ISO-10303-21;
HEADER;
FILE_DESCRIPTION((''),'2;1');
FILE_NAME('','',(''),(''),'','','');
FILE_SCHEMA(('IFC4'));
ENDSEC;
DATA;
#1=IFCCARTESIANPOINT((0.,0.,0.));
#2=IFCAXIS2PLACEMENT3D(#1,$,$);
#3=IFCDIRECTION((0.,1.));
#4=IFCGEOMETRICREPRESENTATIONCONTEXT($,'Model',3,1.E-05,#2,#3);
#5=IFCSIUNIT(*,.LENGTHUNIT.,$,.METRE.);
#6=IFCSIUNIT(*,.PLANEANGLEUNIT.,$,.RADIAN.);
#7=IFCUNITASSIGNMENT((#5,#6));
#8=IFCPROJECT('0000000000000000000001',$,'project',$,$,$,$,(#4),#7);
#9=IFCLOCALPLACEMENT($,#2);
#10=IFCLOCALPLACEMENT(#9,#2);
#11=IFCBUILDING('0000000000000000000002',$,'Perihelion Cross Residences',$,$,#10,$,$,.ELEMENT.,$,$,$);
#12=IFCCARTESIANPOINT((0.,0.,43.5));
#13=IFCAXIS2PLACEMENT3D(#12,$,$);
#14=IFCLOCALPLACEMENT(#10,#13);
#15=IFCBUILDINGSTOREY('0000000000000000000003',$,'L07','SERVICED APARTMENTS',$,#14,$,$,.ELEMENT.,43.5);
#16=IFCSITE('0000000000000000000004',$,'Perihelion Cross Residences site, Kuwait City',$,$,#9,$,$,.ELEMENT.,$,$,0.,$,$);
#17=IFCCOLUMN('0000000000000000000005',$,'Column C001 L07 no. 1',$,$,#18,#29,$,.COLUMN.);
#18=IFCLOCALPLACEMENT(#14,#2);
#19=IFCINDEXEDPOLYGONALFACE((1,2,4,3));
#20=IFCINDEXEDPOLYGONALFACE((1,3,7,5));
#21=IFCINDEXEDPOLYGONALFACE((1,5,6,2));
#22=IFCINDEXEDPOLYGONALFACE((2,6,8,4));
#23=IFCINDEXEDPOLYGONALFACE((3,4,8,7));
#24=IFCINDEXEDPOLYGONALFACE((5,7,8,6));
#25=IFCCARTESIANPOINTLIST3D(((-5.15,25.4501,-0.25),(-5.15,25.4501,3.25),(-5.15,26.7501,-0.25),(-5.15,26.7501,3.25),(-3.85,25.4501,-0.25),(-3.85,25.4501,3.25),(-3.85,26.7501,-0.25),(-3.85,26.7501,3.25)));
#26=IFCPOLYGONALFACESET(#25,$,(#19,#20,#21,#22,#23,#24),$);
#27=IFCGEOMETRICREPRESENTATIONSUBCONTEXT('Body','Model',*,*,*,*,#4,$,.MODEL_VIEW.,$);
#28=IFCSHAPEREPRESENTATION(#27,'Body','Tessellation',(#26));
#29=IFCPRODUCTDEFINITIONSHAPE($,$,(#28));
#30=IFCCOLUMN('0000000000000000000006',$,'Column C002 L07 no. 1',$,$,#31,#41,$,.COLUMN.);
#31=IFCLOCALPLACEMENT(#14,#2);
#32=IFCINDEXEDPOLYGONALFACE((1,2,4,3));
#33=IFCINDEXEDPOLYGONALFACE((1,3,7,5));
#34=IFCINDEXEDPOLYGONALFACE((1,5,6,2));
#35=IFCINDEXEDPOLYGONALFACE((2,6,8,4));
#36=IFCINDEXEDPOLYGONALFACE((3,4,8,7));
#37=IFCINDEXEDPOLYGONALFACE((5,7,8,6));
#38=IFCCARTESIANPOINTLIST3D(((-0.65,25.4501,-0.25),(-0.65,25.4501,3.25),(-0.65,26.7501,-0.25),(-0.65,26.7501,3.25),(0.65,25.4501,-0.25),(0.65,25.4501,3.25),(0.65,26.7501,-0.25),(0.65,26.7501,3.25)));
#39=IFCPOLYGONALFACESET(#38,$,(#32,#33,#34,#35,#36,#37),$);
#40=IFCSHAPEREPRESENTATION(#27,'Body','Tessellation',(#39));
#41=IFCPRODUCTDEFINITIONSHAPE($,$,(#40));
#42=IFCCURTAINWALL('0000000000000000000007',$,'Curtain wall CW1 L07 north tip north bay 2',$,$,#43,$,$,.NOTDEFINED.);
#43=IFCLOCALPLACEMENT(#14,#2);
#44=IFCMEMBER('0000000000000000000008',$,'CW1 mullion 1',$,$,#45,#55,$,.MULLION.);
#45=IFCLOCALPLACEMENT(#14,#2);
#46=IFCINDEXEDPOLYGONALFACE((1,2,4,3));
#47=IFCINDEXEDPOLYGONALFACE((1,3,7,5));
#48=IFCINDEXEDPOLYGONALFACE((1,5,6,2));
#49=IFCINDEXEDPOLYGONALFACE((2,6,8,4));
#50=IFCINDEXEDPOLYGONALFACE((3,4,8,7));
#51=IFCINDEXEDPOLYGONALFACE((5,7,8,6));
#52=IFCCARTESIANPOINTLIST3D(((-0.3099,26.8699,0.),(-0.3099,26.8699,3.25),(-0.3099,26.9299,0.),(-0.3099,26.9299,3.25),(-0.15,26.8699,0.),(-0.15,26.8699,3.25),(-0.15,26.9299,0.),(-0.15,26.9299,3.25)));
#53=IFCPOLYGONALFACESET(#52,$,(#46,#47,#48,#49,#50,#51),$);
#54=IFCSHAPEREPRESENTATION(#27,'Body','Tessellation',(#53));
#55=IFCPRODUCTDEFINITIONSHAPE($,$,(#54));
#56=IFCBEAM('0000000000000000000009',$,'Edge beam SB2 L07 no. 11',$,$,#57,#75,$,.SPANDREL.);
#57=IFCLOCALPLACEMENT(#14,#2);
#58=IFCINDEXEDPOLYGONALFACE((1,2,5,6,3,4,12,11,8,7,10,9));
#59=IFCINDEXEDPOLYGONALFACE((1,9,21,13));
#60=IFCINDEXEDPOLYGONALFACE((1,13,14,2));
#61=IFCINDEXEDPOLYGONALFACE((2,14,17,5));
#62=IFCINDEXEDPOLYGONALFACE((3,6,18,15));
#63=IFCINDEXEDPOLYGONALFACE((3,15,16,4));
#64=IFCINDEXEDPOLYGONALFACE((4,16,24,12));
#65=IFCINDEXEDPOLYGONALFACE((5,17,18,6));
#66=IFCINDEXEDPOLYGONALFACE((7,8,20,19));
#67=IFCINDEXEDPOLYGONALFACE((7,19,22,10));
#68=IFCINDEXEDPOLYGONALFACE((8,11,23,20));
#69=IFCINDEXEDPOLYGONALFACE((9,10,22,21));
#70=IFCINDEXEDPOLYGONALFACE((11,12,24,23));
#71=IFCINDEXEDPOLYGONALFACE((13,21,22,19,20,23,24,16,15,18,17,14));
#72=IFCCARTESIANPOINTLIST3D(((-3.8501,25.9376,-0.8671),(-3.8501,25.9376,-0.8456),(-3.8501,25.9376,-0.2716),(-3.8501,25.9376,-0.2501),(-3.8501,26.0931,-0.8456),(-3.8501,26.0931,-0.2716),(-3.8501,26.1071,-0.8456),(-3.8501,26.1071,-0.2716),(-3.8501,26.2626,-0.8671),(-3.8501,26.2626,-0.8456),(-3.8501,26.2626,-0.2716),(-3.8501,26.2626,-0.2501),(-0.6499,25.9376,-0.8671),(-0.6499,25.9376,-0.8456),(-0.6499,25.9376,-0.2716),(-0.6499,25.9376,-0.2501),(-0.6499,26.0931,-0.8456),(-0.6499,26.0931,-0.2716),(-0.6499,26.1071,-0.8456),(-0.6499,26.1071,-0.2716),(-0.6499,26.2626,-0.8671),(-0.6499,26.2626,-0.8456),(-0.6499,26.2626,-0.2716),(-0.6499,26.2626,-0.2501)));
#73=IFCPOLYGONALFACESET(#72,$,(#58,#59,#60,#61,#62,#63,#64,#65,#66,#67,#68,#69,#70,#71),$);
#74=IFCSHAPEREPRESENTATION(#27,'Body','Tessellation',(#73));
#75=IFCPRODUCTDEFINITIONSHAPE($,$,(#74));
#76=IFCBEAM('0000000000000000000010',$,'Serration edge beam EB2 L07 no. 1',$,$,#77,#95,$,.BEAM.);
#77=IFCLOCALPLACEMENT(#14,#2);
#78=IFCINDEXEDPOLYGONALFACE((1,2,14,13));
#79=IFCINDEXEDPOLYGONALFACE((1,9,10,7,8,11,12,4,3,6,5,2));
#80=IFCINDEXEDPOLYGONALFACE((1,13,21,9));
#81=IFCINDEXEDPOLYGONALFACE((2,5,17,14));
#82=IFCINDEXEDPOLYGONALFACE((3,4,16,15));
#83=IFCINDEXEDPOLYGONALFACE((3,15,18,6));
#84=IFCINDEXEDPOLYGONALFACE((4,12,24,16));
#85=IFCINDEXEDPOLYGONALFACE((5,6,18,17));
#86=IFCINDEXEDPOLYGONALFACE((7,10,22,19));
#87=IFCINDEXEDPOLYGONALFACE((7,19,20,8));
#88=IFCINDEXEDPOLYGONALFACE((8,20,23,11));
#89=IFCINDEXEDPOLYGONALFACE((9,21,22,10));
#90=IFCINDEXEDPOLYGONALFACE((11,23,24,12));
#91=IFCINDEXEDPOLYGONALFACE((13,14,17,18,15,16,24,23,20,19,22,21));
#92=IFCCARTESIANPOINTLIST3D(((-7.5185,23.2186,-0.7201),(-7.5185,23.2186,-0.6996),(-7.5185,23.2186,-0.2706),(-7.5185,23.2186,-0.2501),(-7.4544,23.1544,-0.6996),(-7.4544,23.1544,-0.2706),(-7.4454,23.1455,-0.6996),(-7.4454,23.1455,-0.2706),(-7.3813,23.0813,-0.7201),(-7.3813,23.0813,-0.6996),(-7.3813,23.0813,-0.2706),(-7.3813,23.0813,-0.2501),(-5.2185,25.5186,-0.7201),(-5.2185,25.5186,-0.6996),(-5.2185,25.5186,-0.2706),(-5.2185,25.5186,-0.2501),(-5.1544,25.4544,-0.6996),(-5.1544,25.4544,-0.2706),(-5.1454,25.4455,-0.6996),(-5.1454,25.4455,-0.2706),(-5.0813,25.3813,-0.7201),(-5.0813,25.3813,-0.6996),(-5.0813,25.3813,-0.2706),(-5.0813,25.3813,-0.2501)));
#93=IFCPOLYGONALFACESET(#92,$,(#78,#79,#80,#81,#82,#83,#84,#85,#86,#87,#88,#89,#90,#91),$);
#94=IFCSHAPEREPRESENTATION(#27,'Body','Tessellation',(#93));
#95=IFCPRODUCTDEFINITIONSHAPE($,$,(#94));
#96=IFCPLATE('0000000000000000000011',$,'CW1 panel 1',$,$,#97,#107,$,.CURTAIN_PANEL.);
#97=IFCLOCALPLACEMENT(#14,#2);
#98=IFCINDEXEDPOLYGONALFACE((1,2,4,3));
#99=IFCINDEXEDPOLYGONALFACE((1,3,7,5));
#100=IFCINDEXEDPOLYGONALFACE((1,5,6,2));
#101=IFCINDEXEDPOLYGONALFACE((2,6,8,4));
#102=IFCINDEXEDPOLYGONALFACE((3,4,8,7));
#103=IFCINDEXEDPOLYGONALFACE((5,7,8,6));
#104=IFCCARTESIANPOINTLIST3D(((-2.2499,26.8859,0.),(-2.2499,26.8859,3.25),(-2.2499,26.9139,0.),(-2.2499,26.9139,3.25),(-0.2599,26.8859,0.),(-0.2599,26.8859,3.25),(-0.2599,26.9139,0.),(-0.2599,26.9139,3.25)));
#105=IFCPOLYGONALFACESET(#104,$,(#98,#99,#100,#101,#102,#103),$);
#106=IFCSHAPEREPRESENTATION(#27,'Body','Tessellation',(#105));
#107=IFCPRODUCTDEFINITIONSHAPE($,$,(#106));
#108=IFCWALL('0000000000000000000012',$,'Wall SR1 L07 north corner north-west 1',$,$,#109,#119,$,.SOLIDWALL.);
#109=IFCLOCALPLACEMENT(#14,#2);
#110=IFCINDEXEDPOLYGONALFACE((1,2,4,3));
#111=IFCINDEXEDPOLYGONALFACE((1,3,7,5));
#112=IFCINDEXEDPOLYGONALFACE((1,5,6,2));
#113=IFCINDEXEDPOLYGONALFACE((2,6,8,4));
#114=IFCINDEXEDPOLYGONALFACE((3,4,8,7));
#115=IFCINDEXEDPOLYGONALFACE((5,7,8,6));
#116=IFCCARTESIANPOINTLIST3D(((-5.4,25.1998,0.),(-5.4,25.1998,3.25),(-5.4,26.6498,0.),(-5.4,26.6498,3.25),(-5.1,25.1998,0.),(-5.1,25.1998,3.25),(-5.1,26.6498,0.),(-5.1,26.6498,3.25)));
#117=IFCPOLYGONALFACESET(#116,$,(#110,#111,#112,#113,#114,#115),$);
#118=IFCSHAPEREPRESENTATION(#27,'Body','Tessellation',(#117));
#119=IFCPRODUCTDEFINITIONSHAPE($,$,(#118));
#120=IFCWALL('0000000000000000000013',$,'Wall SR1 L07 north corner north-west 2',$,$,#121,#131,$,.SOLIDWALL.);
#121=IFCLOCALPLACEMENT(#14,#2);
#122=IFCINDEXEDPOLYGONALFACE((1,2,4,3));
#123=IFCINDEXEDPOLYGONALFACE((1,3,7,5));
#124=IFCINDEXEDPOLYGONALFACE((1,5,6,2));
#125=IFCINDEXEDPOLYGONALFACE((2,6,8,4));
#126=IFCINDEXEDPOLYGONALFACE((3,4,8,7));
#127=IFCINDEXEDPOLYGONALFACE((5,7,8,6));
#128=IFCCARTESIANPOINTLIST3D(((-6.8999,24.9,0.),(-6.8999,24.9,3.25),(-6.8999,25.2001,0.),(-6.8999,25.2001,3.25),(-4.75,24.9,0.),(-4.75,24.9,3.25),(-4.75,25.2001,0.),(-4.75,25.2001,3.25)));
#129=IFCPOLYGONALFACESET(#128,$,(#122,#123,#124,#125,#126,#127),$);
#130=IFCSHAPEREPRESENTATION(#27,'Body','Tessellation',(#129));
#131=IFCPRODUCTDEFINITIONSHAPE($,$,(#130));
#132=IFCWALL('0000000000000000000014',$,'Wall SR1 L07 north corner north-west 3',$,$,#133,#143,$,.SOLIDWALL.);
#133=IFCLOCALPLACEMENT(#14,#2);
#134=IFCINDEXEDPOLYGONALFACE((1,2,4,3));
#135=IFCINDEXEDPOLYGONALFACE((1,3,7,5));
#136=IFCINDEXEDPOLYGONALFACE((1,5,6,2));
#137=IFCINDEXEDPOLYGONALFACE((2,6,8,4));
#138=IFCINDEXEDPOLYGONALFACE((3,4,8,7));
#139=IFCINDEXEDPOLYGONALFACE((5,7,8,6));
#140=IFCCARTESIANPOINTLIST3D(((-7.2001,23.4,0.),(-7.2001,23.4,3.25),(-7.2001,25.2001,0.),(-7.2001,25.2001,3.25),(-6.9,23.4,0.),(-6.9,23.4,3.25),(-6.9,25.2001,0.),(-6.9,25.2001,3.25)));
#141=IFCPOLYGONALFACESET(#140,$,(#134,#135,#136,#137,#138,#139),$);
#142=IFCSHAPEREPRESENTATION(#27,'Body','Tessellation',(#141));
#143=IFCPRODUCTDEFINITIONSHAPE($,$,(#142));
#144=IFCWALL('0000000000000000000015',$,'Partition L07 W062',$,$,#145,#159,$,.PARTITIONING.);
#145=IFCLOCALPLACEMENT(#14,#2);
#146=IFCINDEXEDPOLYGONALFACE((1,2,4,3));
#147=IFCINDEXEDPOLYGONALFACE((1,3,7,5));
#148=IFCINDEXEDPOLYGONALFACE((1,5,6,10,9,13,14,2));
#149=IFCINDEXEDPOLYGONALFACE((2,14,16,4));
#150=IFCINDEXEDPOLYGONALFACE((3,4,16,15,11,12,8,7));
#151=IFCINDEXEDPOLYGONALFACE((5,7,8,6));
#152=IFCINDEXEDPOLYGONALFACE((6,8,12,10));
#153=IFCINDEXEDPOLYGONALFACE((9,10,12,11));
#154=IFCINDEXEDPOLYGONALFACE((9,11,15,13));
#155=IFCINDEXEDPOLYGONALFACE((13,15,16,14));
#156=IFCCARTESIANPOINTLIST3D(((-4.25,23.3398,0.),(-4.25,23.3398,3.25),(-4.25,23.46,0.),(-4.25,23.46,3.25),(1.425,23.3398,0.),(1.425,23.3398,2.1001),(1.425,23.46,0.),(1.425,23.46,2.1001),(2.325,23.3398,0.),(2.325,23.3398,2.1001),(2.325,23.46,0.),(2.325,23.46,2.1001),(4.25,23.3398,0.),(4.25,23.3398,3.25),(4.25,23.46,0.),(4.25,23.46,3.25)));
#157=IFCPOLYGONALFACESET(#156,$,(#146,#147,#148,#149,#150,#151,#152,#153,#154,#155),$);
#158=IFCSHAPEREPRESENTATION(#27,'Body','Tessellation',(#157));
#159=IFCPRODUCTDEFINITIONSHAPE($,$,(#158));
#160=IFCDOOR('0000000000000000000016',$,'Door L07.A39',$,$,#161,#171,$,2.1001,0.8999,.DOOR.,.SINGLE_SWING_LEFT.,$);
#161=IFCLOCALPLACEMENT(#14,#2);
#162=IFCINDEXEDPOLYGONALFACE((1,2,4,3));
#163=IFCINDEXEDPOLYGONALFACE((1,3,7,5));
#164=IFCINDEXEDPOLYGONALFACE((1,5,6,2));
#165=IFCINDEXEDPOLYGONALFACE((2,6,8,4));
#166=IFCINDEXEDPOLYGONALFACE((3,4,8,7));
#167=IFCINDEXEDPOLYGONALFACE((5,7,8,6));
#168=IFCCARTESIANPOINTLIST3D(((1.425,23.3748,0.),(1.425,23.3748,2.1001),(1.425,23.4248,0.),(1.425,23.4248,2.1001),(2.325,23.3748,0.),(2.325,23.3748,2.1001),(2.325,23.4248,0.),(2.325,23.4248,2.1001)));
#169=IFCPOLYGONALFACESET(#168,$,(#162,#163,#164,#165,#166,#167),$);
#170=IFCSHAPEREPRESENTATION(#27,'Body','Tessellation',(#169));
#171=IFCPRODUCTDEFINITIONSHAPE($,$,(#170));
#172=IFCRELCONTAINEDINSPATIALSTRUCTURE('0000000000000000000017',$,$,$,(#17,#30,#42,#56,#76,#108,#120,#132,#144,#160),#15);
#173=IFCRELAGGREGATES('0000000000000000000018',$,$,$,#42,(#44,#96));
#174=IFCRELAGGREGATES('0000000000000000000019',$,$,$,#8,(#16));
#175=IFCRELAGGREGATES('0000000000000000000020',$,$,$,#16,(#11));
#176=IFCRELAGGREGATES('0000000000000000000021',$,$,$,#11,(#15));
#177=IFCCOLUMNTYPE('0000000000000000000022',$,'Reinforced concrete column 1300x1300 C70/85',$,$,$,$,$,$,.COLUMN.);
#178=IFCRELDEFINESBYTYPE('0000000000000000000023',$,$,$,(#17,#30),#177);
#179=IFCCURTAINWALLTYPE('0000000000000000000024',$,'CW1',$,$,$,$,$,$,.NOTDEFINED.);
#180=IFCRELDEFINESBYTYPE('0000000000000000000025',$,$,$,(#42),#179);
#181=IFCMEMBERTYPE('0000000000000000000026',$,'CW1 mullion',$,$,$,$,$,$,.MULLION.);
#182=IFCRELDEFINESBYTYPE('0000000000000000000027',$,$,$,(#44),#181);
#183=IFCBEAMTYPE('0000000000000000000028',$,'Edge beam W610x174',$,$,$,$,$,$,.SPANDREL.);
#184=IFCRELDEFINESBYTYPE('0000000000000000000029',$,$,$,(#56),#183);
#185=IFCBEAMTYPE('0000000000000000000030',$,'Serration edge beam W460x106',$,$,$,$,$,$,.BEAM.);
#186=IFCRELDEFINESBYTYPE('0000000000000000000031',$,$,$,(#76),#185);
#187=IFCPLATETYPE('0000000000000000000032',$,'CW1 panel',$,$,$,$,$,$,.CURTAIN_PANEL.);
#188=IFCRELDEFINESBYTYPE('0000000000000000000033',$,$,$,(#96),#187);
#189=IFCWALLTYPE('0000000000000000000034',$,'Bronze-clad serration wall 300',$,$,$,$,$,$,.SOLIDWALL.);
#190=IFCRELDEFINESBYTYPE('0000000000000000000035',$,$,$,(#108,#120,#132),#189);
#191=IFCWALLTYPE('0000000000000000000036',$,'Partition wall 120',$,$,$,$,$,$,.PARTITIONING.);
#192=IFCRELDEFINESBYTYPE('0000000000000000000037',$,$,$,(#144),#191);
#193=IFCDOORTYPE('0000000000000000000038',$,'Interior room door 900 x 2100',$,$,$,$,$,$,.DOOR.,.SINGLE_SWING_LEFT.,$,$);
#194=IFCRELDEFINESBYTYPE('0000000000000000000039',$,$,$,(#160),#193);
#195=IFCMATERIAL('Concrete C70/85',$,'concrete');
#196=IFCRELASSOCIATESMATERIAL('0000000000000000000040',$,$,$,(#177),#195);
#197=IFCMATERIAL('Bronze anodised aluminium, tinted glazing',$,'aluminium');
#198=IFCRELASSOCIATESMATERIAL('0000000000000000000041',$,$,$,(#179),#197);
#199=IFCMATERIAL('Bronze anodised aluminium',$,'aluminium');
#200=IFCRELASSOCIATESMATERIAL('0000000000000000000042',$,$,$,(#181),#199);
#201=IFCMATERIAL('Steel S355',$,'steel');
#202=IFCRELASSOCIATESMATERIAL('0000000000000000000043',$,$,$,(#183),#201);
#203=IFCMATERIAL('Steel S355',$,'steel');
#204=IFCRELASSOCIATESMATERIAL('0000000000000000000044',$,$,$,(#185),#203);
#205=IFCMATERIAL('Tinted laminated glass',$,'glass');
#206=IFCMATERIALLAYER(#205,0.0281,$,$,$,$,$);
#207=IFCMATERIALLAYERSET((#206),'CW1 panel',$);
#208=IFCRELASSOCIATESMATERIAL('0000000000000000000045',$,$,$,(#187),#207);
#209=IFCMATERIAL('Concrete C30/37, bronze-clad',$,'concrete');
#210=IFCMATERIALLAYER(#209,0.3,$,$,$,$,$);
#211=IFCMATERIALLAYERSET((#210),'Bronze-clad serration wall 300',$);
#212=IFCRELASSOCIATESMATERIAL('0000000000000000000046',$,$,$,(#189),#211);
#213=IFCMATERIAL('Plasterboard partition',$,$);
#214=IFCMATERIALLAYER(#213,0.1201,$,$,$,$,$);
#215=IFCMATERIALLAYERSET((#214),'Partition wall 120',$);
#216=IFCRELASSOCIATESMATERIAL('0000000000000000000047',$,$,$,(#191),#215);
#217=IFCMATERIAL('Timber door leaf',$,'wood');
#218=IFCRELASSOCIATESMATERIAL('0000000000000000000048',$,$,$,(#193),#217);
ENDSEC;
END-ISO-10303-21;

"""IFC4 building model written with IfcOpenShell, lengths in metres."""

from ifc_helpers import new_model, si_unit, direction, frame, frame_2d, origin, origin_2d, place, context, subcontext, project, spatial, rectangle, i_section, extrude, material, layer, layer_set, material_profile, profile_set, type_object, element, fill, aggregate, save


model = new_model("IFC4")

# Units and contexts
model_context = context("Model", 3, precision=1e-05, world=origin(), true_north=direction((0.0, 1.0)))
body_context = subcontext(model_context, "Body", "Model", "MODEL_VIEW")
ifc_project = project(units=[si_unit("LENGTHUNIT", "METRE"), si_unit("PLANEANGLEUNIT", "RADIAN")], contexts=[model_context])

# Site, building, storey
site_placement = place(None, origin())
site = spatial("IfcSite", under=ifc_project, at=site_placement, Name="Perihelion Cross Residences site, Kuwait City", CompositionType="ELEMENT", RefElevation=0.0)
building_placement = place(site_placement, origin())
building = spatial("IfcBuilding", under=site, at=building_placement, Name="Perihelion Cross Residences", CompositionType="ELEMENT")
storey_placement = place(building_placement, frame((0.0, 0.0, 43.5)))
storey = spatial("IfcBuildingStorey", under=building, at=storey_placement, Name="L07", Description="SERVICED APARTMENTS", CompositionType="ELEMENT", Elevation=43.5)

# Columns
ifc_material_1 = material(Name="Concrete C70/85", Category="concrete")
ifc_material_profile_1 = material_profile(ifc_material_1, rectangle(XDim=1.3, YDim=1.3, at=origin_2d()), Name="RC 1300x1300")
ifc_profile_set_1 = profile_set([ifc_material_profile_1], Name="Concrete C70/85")
column_type = type_object("IfcColumnType", Name="Reinforced concrete column 1300x1300 C70/85", PredefinedType="COLUMN", material=ifc_profile_set_1)
for number, where, z_axis, x_axis, name in (
    (1, (-4.5, 26.1001, -0.25), (0.0, 0.0, 1.0), (1.0, 0.0, 0.0), "Column C001 L07 no. 1"),
    (2, (0.0, 26.1001, -0.25), (0.0, 0.0, 1.0), (1.0, 0.0, 0.0), "Column C002 L07 no. 1"),
):
    element("IfcColumn", number, at=place(storey_placement, frame(where, z_axis=z_axis, x_axis=x_axis)), inside=storey, type_object=column_type, Name=name, PredefinedType="COLUMN", context=body_context, shape_type="SweptSolid", body=[
        extrude(rectangle(XDim=1.3, YDim=1.3, at=origin_2d()), origin(), (0.0, 0.0, 1.0), 3.5),
    ])

# Curtain wall, member
ifc_material_2 = material(Name="Bronze anodised aluminium, tinted glazing", Category="aluminium")
curtain_wall_type = type_object("IfcCurtainWallType", Name="CW1", PredefinedType="NOTDEFINED", material=ifc_material_2)
curtain_wall_placement = place(storey_placement, origin())
curtain_wall = element("IfcCurtainWall", 3, at=curtain_wall_placement, inside=storey, type_object=curtain_wall_type, Name="Curtain wall CW1 L07 north tip north bay 2", PredefinedType="NOTDEFINED")
ifc_material_3 = material(Name="Bronze anodised aluminium", Category="aluminium")
ifc_material_profile_2 = material_profile(ifc_material_3, rectangle(XDim=0.0601, YDim=0.1599, at=origin_2d()), Name="CW1 mullion")
ifc_profile_set_2 = profile_set([ifc_material_profile_2], Name="Bronze anodised aluminium")
member_type = type_object("IfcMemberType", Name="CW1 mullion", PredefinedType="MULLION", material=ifc_profile_set_2)
member_placement = place(storey_placement, frame((-0.23, 26.8999, 0.0), z_axis=(0.0, 0.0, 1.0), x_axis=(0.0, -1.0, 0.0)))
member = element("IfcMember", 4, at=member_placement, type_object=member_type, Name="CW1 mullion 1", PredefinedType="MULLION", context=body_context, shape_type="SweptSolid", body=[
    extrude(rectangle(XDim=0.0601, YDim=0.1599, at=origin_2d()), origin(), (0.0, 0.0, 1.0), 3.25),
])

# Beams
ifc_material_4 = material(Name="Steel S355", Category="steel")
ifc_material_profile_3 = material_profile(ifc_material_4, i_section(OverallWidth=0.325, OverallDepth=0.6169, WebThickness=0.0139, FlangeThickness=0.0215, at=origin_2d()), Name="W610x174")
ifc_profile_set_3 = profile_set([ifc_material_profile_3], Name="Steel S355")
beam_type_1 = type_object("IfcBeamType", Name="Edge beam W610x174", PredefinedType="SPANDREL", material=ifc_profile_set_3)
beam_1_placement = place(storey_placement, frame((-0.6499, 26.1001, -0.5586), z_axis=(-1.0, 0.0, 0.0), x_axis=(0.0, -1.0, 0.0)))
element("IfcBeam", 5, at=beam_1_placement, inside=storey, type_object=beam_type_1, Name="Edge beam SB2 L07 no. 11", PredefinedType="SPANDREL", context=body_context, shape_type="SweptSolid", body=[
    extrude(i_section(OverallWidth=0.325, OverallDepth=0.6169, WebThickness=0.0139, FlangeThickness=0.0215, at=origin_2d()), origin(), (0.0, 0.0, 1.0), 3.2002),
])
ifc_material_5 = material(Name="Steel S355", Category="steel")
ifc_material_profile_4 = material_profile(ifc_material_5, i_section(OverallWidth=0.1941, OverallDepth=0.47, WebThickness=0.0127, FlangeThickness=0.0205, at=origin_2d()), Name="W460x106")
ifc_profile_set_4 = profile_set([ifc_material_profile_4], Name="Steel S355")
beam_type_2 = type_object("IfcBeamType", Name="Serration edge beam W460x106", PredefinedType="BEAM", material=ifc_profile_set_4)
beam_2_placement = place(storey_placement, frame((-5.1499, 25.45, -0.4851), z_axis=(-0.707107, -0.707107, 0.0), x_axis=(0.707107, -0.707107, 0.0)))
element("IfcBeam", 6, at=beam_2_placement, inside=storey, type_object=beam_type_2, Name="Serration edge beam EB2 L07 no. 1", PredefinedType="BEAM", context=body_context, shape_type="SweptSolid", body=[
    extrude(i_section(OverallWidth=0.1941, OverallDepth=0.47, WebThickness=0.0127, FlangeThickness=0.0205, at=origin_2d()), origin(), (0.0, 0.0, 1.0), 3.2527),
])

# Plate
ifc_material_6 = material(Name="Tinted laminated glass", Category="glass")
ifc_layer_1 = layer(ifc_material_6, 0.0281)
ifc_layer_set_1 = layer_set([ifc_layer_1], Name="CW1 panel")
plate_type = type_object("IfcPlateType", Name="CW1 panel", PredefinedType="CURTAIN_PANEL", material=ifc_layer_set_1)
plate_placement = place(storey_placement, frame((-1.2549, 26.8999, 0.0), z_axis=(0.0, 0.0, 1.0), x_axis=(-1.0, 0.0, 0.0)))
plate = element("IfcPlate", 7, at=plate_placement, type_object=plate_type, Name="CW1 panel 1", PredefinedType="CURTAIN_PANEL", context=body_context, shape_type="SweptSolid", body=[
    extrude(rectangle(XDim=1.99, YDim=0.0281, at=origin_2d()), origin(), (0.0, 0.0, 1.0), 3.25),
])
aggregate(curtain_wall, [member, plate])

# Walls
ifc_material_7 = material(Name="Concrete C30/37, bronze-clad", Category="concrete")
ifc_layer_2 = layer(ifc_material_7, 0.3)
ifc_layer_set_2 = layer_set([ifc_layer_2], Name="Bronze-clad serration wall 300")
wall_type_1 = type_object("IfcWallType", Name="Bronze-clad serration wall 300", PredefinedType="SOLIDWALL", material=ifc_layer_set_2)
wall_1_placement = place(storey_placement, frame((-5.25, 26.6499, 0.0), z_axis=(0.0, 0.0, 1.0), x_axis=(0.0, -1.0, 0.0)))
element("IfcWall", 8, at=wall_1_placement, inside=storey, type_object=wall_type_1, Name="Wall SR1 L07 north corner north-west 1", PredefinedType="SOLIDWALL", context=body_context, shape_type="SweptSolid", body=[
    extrude(rectangle(XDim=1.45, YDim=0.3, at=frame_2d((0.7251, 0.0))), origin(), (0.0, 0.0, 1.0), 3.25),
])
wall_2_placement = place(storey_placement, frame((-4.75, 25.05, 0.0), z_axis=(0.0, 0.0, 1.0), x_axis=(-1.0, 0.0, 0.0)))
element("IfcWall", 9, at=wall_2_placement, inside=storey, type_object=wall_type_1, Name="Wall SR1 L07 north corner north-west 2", PredefinedType="SOLIDWALL", context=body_context, shape_type="SweptSolid", body=[
    extrude(rectangle(XDim=2.1499, YDim=0.3, at=frame_2d((1.075, 0.0))), origin(), (0.0, 0.0, 1.0), 3.25),
])
wall_3_placement = place(storey_placement, frame((-7.05, 25.2, 0.0), z_axis=(0.0, 0.0, 1.0), x_axis=(0.0, -1.0, 0.0)))
element("IfcWall", 10, at=wall_3_placement, inside=storey, type_object=wall_type_1, Name="Wall SR1 L07 north corner north-west 3", PredefinedType="SOLIDWALL", context=body_context, shape_type="SweptSolid", body=[
    extrude(rectangle(XDim=1.8, YDim=0.3, at=frame_2d((0.8999, 0.0))), origin(), (0.0, 0.0, 1.0), 3.25),
])

# Wall, opening, door
ifc_material_8 = material(Name="Plasterboard partition")
ifc_layer_3 = layer(ifc_material_8, 0.1201)
ifc_layer_set_3 = layer_set([ifc_layer_3], Name="Partition wall 120")
wall_type_2 = type_object("IfcWallType", Name="Partition wall 120", PredefinedType="PARTITIONING", material=ifc_layer_set_3)
wall_4_placement = place(storey_placement, frame((-4.25, 23.3999, 0.0), z_axis=(0.0, 0.0, 1.0), x_axis=(1.0, 0.0, 0.0)))
wall_4 = element("IfcWall", 11, at=wall_4_placement, inside=storey, type_object=wall_type_2, Name="Partition L07 W062", PredefinedType="PARTITIONING", context=body_context, shape_type="SweptSolid", body=[
    extrude(rectangle(XDim=8.5, YDim=0.1201, at=frame_2d((4.25, 0.0))), origin(), (0.0, 0.0, 1.0), 3.25),
])
opening_1_placement = place(wall_4_placement, frame((5.675, 0.0, 0.0)))
opening_1 = element("IfcOpeningElement", 12, at=opening_1_placement, cuts=wall_4, PredefinedType="OPENING", context=body_context, shape_type="SweptSolid", body=[
    extrude(rectangle(XDim=0.8999, YDim=2.1001, at=frame_2d((0.45, 1.05))), frame((0.0, 0.0701, 0.0), z_axis=(0.0, -1.0, 0.0), x_axis=(1.0, 0.0, 0.0)), (0.0, 0.0, 1.0), 0.1401),
])
ifc_material_9 = material(Name="Timber door leaf", Category="wood")
door_type_1 = type_object("IfcDoorType", Name="Interior room door 900 x 2100", OperationType="SINGLE_SWING_LEFT", PredefinedType="DOOR", material=ifc_material_9)
door_1_placement = place(opening_1_placement, origin())
door_1 = element("IfcDoor", 13, at=door_1_placement, inside=storey, type_object=door_type_1, Name="Door L07.A39", OperationType="SINGLE_SWING_LEFT", OverallHeight=2.1001, OverallWidth=0.8999, PredefinedType="DOOR", context=body_context, shape_type="SweptSolid", body=[
    extrude(rectangle(XDim=0.8999, YDim=2.1001, at=frame_2d((0.45, 1.05))), frame((0.0, 0.0249, 0.0), z_axis=(0.0, -1.0, 0.0), x_axis=(1.0, 0.0, 0.0)), (0.0, 0.0, 1.0), 0.05),
])
fill(opening_1, door_1)

save(model, "model.ifc")
